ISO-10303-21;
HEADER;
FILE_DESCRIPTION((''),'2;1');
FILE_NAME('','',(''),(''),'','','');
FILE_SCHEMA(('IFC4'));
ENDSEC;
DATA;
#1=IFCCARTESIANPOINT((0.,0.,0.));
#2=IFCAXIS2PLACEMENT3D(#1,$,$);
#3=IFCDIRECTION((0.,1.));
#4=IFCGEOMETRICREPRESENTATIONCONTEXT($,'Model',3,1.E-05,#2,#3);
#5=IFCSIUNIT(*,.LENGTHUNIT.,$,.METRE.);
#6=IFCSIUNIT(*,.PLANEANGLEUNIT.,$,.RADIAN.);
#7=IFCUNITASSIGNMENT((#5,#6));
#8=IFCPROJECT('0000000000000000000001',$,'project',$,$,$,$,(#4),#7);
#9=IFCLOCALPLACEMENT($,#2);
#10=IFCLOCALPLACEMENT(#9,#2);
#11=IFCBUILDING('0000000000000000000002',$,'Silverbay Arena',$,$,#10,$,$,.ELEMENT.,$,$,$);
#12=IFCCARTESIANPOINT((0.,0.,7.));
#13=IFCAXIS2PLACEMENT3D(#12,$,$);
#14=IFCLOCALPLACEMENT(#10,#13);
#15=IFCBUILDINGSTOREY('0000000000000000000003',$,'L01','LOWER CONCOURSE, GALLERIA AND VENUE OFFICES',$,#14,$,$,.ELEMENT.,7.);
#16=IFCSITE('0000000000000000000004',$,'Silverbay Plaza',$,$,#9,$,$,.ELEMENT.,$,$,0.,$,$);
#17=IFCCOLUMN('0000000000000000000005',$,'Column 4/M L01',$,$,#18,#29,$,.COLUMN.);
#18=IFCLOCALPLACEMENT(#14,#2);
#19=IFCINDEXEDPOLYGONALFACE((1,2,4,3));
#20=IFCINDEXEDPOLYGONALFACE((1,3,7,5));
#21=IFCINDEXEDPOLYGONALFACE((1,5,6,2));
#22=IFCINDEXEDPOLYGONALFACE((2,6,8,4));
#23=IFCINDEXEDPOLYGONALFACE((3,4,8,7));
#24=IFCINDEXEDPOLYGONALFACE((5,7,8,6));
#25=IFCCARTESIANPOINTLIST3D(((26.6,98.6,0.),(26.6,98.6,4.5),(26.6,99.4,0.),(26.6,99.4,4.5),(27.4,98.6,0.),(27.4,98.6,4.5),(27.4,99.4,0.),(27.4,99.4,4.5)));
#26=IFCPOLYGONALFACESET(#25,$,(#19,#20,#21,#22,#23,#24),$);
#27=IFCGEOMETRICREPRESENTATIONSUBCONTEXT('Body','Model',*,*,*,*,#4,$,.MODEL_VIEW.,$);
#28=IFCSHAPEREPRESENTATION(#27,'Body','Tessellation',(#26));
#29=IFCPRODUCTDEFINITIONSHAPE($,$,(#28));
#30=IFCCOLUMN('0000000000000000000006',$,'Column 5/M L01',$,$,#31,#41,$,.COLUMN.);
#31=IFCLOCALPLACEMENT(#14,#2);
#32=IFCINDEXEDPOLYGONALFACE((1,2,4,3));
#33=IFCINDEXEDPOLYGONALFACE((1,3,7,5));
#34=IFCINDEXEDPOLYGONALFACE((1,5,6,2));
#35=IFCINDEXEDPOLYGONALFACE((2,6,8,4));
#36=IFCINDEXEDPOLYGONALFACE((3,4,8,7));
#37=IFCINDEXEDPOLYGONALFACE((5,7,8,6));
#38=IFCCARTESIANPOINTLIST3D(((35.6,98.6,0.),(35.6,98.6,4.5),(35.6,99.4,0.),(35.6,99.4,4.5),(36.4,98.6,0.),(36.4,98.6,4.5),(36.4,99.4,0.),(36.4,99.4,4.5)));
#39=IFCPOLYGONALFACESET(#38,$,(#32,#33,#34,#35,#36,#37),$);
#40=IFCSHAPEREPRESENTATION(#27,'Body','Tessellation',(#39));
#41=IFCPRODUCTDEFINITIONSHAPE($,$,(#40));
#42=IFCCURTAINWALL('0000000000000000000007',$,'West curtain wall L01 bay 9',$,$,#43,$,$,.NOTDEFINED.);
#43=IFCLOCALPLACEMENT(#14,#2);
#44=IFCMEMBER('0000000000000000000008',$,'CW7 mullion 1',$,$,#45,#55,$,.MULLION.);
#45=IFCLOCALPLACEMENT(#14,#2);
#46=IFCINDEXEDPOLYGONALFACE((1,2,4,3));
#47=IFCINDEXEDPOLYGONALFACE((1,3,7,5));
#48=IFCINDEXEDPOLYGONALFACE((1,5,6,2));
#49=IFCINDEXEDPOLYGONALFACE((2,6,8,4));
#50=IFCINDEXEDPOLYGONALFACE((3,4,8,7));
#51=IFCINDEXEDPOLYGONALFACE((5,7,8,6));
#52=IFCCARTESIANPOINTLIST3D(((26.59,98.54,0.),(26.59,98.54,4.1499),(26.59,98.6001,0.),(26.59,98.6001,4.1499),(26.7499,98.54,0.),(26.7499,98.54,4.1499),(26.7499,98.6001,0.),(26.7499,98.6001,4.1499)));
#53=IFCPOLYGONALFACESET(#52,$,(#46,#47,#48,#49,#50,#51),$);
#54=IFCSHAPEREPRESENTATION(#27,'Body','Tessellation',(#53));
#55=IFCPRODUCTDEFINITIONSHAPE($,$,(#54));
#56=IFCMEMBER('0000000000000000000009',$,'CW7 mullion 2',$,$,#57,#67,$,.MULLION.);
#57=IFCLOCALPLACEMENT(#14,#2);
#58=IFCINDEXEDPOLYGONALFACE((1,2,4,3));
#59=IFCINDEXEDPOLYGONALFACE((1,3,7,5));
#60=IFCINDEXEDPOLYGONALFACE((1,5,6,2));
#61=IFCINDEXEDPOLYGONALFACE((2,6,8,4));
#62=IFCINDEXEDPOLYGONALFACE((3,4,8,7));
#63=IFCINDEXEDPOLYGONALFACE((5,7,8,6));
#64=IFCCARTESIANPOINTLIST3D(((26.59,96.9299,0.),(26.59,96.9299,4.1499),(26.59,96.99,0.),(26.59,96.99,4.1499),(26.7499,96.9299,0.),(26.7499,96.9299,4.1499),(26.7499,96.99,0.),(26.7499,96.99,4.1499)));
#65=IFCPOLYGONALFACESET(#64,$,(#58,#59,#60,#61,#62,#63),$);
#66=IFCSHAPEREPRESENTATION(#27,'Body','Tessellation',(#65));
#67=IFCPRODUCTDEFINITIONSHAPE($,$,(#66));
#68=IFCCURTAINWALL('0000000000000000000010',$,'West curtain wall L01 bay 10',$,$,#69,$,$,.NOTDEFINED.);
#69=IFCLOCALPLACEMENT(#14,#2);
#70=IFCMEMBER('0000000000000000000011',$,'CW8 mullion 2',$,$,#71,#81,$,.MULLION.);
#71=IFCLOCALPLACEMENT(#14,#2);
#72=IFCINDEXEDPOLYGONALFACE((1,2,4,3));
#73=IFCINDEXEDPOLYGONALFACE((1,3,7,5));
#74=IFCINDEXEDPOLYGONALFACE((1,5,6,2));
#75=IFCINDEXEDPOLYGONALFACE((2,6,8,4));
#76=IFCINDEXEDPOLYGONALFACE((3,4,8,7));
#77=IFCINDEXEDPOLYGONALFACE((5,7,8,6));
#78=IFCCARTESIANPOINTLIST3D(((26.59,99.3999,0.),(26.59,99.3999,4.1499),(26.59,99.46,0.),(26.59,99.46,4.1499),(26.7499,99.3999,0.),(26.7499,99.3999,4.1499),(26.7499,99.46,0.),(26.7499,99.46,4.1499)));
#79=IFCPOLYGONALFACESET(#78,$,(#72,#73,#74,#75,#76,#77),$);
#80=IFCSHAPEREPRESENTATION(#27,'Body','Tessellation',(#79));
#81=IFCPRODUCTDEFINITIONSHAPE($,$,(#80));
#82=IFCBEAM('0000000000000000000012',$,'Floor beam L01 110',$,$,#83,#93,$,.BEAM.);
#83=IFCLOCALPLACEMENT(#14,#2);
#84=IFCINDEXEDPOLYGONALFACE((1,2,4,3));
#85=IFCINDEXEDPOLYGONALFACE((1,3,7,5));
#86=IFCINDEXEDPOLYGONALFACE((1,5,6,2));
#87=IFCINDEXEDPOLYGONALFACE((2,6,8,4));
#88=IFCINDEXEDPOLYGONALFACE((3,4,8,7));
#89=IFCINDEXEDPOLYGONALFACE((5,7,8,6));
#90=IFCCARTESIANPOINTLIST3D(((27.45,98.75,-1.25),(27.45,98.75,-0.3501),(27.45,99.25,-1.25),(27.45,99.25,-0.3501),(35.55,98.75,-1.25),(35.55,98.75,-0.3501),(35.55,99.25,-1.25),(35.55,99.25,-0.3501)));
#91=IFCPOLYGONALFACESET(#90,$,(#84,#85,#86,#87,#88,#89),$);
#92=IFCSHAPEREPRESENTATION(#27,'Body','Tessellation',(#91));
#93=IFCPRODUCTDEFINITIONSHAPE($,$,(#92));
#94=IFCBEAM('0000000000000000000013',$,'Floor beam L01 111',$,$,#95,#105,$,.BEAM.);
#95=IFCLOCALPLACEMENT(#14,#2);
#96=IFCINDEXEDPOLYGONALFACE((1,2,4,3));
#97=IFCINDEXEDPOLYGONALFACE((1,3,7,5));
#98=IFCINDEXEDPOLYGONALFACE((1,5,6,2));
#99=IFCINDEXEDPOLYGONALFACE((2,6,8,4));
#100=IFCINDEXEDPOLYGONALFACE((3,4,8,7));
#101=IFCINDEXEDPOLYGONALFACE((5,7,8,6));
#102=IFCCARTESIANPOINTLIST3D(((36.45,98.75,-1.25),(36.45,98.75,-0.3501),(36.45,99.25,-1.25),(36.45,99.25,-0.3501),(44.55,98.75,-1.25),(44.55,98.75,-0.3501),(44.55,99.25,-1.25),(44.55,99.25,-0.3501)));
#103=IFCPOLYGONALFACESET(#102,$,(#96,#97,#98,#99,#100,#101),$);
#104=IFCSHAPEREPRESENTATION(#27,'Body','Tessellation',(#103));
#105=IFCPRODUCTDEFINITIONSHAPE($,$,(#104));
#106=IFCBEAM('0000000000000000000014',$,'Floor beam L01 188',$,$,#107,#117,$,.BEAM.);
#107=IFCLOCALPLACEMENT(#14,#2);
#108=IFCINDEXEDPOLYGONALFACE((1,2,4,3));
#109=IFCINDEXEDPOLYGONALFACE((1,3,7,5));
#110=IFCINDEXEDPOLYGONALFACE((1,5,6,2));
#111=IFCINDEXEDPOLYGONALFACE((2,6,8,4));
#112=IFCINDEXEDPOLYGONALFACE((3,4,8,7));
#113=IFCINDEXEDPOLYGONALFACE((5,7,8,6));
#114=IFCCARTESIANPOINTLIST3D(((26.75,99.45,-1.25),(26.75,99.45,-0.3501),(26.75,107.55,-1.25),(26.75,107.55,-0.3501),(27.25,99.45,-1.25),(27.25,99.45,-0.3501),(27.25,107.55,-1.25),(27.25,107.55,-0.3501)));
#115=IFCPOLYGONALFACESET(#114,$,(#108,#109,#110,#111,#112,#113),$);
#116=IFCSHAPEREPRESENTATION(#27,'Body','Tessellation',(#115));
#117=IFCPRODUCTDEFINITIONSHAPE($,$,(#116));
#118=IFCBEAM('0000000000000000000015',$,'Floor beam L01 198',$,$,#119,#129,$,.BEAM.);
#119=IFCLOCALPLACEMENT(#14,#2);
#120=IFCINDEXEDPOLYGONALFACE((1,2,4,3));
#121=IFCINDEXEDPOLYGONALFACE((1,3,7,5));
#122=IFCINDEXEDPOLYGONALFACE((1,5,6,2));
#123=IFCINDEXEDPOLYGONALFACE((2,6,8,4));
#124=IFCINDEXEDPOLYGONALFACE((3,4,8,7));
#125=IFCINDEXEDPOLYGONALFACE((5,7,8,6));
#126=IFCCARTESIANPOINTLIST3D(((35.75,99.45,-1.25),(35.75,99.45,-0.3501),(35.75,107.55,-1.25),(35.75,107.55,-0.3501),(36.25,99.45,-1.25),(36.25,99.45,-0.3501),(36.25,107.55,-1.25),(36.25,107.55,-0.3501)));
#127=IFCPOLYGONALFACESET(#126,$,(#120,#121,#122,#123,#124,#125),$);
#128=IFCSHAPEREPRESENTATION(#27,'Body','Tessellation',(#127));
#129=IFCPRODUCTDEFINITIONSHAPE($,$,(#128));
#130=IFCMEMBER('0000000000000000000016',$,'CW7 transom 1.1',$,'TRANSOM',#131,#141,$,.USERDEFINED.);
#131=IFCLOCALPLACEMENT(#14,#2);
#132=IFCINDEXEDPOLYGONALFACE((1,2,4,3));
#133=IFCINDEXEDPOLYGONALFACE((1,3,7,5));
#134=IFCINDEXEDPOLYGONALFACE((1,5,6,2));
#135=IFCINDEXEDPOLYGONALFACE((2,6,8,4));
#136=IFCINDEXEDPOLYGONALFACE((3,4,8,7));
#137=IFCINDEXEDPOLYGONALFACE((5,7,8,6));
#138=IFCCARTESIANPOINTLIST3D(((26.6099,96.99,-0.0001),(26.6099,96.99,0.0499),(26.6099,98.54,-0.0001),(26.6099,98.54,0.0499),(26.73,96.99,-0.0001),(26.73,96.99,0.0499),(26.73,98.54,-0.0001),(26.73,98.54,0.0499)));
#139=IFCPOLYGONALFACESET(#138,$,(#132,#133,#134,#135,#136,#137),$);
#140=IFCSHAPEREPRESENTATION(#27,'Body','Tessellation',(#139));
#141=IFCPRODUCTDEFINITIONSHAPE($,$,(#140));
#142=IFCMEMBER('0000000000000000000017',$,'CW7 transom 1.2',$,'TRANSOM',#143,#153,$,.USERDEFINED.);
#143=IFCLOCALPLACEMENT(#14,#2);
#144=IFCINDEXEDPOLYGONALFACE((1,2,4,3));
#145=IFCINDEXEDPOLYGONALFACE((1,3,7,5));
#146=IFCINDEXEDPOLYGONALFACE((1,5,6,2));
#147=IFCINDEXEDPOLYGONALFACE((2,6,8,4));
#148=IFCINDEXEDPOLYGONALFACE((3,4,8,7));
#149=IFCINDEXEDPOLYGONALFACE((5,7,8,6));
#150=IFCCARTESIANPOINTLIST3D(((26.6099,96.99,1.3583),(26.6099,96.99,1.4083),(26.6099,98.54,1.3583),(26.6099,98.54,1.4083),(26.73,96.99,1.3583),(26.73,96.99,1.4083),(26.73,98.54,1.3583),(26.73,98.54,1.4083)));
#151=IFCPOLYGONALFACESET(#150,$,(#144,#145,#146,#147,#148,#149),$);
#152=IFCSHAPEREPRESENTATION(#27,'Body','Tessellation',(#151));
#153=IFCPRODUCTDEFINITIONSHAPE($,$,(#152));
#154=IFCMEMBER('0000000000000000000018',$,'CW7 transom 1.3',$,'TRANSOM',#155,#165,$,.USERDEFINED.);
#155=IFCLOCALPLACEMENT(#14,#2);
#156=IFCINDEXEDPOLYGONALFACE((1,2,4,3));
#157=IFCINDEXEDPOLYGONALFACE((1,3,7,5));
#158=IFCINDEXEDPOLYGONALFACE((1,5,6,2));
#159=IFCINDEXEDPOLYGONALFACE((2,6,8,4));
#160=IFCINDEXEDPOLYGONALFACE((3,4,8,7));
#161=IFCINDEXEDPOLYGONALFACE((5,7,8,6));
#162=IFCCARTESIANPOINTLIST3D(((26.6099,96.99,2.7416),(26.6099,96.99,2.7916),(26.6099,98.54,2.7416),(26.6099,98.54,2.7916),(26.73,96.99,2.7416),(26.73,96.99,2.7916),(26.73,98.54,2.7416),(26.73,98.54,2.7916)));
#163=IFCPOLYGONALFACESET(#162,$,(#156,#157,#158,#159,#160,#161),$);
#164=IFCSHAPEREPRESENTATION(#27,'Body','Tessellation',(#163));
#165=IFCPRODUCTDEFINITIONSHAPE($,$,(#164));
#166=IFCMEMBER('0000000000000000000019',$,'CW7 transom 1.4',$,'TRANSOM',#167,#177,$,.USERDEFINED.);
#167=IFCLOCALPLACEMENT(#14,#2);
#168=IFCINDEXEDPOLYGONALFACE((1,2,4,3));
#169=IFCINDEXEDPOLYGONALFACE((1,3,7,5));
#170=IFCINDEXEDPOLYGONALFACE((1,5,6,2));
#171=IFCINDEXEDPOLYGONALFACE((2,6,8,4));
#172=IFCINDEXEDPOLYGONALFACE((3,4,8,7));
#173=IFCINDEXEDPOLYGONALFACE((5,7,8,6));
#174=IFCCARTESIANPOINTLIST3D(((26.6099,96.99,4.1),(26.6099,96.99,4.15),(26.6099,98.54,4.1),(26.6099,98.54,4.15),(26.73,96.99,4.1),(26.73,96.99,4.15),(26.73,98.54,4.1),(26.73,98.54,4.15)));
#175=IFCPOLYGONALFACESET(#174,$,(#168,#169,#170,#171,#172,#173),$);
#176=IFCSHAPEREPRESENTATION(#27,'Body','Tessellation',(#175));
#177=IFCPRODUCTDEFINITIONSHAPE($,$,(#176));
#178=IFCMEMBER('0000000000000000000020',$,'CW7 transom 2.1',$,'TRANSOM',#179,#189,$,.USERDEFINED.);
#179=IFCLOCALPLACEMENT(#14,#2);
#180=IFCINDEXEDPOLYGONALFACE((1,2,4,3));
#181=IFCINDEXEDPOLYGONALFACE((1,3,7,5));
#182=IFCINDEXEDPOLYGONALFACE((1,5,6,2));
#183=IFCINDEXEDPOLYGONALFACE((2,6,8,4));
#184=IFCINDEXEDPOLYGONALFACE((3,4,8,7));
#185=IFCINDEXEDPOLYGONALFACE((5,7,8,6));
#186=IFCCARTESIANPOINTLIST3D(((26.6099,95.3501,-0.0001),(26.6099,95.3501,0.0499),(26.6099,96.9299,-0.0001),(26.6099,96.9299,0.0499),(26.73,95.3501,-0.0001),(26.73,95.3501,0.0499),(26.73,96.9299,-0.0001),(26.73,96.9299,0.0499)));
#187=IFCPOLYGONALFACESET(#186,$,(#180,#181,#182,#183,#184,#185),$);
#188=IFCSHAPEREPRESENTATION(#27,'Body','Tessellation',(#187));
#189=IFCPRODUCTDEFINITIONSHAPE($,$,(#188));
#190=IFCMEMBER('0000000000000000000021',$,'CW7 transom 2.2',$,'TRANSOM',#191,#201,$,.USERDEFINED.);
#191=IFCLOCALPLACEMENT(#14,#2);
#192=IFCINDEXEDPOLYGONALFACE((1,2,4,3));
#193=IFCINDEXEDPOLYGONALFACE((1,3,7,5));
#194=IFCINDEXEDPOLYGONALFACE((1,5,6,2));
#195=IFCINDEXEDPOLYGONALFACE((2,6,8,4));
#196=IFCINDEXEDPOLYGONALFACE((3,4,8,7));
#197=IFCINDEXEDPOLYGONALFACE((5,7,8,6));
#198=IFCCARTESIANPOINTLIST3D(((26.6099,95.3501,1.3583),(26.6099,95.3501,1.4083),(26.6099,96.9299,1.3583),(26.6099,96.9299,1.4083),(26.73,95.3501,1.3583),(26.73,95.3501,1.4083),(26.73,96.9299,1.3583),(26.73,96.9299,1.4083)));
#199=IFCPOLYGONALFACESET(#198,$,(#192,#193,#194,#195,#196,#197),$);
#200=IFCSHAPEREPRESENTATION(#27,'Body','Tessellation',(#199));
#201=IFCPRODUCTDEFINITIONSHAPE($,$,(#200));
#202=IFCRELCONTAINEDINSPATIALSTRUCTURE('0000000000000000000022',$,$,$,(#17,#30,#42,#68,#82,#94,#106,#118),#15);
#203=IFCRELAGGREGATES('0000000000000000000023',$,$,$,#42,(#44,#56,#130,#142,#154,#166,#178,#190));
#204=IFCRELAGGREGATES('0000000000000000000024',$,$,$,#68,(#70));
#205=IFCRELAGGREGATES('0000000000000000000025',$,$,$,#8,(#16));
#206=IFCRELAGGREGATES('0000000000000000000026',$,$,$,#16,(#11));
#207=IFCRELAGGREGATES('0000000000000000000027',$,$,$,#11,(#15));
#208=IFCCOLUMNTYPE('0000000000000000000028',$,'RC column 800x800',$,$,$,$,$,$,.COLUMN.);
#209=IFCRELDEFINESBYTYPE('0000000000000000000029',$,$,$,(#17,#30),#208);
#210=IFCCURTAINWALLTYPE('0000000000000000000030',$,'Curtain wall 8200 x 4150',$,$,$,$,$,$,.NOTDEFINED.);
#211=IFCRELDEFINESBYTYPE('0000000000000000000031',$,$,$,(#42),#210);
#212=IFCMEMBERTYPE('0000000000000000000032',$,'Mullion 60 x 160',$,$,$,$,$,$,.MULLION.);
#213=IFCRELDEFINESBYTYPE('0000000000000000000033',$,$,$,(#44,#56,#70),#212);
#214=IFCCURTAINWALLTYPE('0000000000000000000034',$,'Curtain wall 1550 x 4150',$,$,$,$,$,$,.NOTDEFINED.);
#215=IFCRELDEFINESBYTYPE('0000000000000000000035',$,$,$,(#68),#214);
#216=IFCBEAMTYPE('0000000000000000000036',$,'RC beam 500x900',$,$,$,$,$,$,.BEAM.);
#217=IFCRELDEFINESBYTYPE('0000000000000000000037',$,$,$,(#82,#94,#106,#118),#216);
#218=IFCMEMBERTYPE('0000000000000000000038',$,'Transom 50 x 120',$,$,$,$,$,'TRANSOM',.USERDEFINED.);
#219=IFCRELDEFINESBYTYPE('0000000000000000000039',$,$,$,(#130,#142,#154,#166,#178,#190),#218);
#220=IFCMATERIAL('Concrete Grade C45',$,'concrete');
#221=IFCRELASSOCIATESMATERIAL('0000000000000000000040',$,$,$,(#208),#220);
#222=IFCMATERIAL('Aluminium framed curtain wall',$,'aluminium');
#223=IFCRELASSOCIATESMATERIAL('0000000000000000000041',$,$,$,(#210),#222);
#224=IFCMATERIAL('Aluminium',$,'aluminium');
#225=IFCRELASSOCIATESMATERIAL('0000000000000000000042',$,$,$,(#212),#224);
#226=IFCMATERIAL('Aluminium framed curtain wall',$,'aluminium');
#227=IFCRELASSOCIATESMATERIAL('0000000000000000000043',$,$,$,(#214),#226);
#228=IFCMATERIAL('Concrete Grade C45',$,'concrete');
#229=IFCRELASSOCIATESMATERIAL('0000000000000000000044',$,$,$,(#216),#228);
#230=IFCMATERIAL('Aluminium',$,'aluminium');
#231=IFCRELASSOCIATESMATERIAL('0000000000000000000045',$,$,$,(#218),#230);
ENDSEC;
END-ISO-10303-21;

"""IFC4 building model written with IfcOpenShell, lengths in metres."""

from ifc_helpers import new_model, si_unit, direction, frame, origin, origin_2d, place, context, subcontext, project, spatial, rectangle, extrude, material, material_profile, profile_set, type_object, element, aggregate, save


model = new_model("IFC4")

# Units and contexts
model_context = context("Model", 3, precision=1e-05, world=origin(), true_north=direction((0.0, 1.0)))
body_context = subcontext(model_context, "Body", "Model", "MODEL_VIEW")
ifc_project = project(units=[si_unit("LENGTHUNIT", "METRE"), si_unit("PLANEANGLEUNIT", "RADIAN")], contexts=[model_context])

# Site, building, storey
site_placement = place(None, origin())
site = spatial("IfcSite", under=ifc_project, at=site_placement, Name="Silverbay Plaza", CompositionType="ELEMENT", RefElevation=0.0)
building_placement = place(site_placement, origin())
building = spatial("IfcBuilding", under=site, at=building_placement, Name="Silverbay Arena", CompositionType="ELEMENT")
storey_placement = place(building_placement, frame((0.0, 0.0, 7.0)))
storey = spatial("IfcBuildingStorey", under=building, at=storey_placement, Name="L01", Description="LOWER CONCOURSE, GALLERIA AND VENUE OFFICES", CompositionType="ELEMENT", Elevation=7.0)

# Columns
ifc_material_1 = material(Name="Concrete Grade C45", Category="concrete")
ifc_material_profile_1 = material_profile(ifc_material_1, rectangle(XDim=0.8, YDim=0.8, at=origin_2d()), Name="RC 800x800")
ifc_profile_set_1 = profile_set([ifc_material_profile_1], Name="Concrete Grade C45")
column_type = type_object("IfcColumnType", Name="RC column 800x800", PredefinedType="COLUMN", material=ifc_profile_set_1)
for number, where, z_axis, x_axis, name in (
    (1, (27.0, 99.0, 0.0), (0.0, 0.0, 1.0), (1.0, 0.0, 0.0), "Column 4/M L01"),
    (2, (36.0, 99.0, 0.0), (0.0, 0.0, 1.0), (1.0, 0.0, 0.0), "Column 5/M L01"),
):
    element("IfcColumn", number, at=place(storey_placement, frame(where, z_axis=z_axis, x_axis=x_axis)), inside=storey, type_object=column_type, Name=name, PredefinedType="COLUMN", context=body_context, shape_type="SweptSolid", body=[
        extrude(rectangle(XDim=0.8, YDim=0.8, at=origin_2d()), origin(), (0.0, 0.0, 1.0), 4.5),
    ])

# Curtain wall, members
ifc_material_2 = material(Name="Aluminium framed curtain wall", Category="aluminium")
curtain_wall_type_1 = type_object("IfcCurtainWallType", Name="Curtain wall 8200 x 4150", PredefinedType="NOTDEFINED", material=ifc_material_2)
curtain_wall_1_placement = place(storey_placement, origin())
curtain_wall_1 = element("IfcCurtainWall", 3, at=curtain_wall_1_placement, inside=storey, type_object=curtain_wall_type_1, Name="West curtain wall L01 bay 9", PredefinedType="NOTDEFINED")
ifc_material_3 = material(Name="Aluminium", Category="aluminium")
ifc_material_profile_2 = material_profile(ifc_material_3, rectangle(XDim=0.1599, YDim=0.0601, at=origin_2d()), Name="Mullion 60 x 160")
ifc_profile_set_2 = profile_set([ifc_material_profile_2], Name="Aluminium")
member_type_1 = type_object("IfcMemberType", Name="Mullion 60 x 160", PredefinedType="MULLION", material=ifc_profile_set_2)
member_1_placement = place(storey_placement, frame((26.6699, 98.5701, 0.0), z_axis=(0.0, 0.0, 1.0), x_axis=(1.0, 0.0, 0.0)))
member_1 = element("IfcMember", 4, at=member_1_placement, type_object=member_type_1, Name="CW7 mullion 1", PredefinedType="MULLION", context=body_context, shape_type="SweptSolid", body=[
    extrude(rectangle(XDim=0.1599, YDim=0.0601, at=origin_2d()), origin(), (0.0, 0.0, 1.0), 4.1499),
])
member_2_placement = place(storey_placement, frame((26.6699, 96.96, 0.0), z_axis=(0.0, 0.0, 1.0), x_axis=(1.0, 0.0, 0.0)))
member_2 = element("IfcMember", 5, at=member_2_placement, type_object=member_type_1, Name="CW7 mullion 2", PredefinedType="MULLION", context=body_context, shape_type="SweptSolid", body=[
    extrude(rectangle(XDim=0.1599, YDim=0.0601, at=origin_2d()), origin(), (0.0, 0.0, 1.0), 4.1499),
])

# Curtain wall, member
ifc_material_4 = material(Name="Aluminium framed curtain wall", Category="aluminium")
curtain_wall_type_2 = type_object("IfcCurtainWallType", Name="Curtain wall 1550 x 4150", PredefinedType="NOTDEFINED", material=ifc_material_4)
curtain_wall_2_placement = place(storey_placement, origin())
curtain_wall_2 = element("IfcCurtainWall", 6, at=curtain_wall_2_placement, inside=storey, type_object=curtain_wall_type_2, Name="West curtain wall L01 bay 10", PredefinedType="NOTDEFINED")
member_3_placement = place(storey_placement, frame((26.6699, 99.4299, 0.0), z_axis=(0.0, 0.0, 1.0), x_axis=(1.0, 0.0, 0.0)))
member_3 = element("IfcMember", 7, at=member_3_placement, type_object=member_type_1, Name="CW8 mullion 2", PredefinedType="MULLION", context=body_context, shape_type="SweptSolid", body=[
    extrude(rectangle(XDim=0.1599, YDim=0.0601, at=origin_2d()), origin(), (0.0, 0.0, 1.0), 4.1499),
])

# Beams
ifc_material_5 = material(Name="Concrete Grade C45", Category="concrete")
ifc_material_profile_3 = material_profile(ifc_material_5, rectangle(XDim=0.5, YDim=0.8999, at=origin_2d()), Name="RC 500x900")
ifc_profile_set_3 = profile_set([ifc_material_profile_3], Name="Concrete Grade C45")
beam_type = type_object("IfcBeamType", Name="RC beam 500x900", PredefinedType="BEAM", material=ifc_profile_set_3)
for number, where, z_axis, x_axis, name in (
    (8, (27.45, 99.0, -0.8), (1.0, 0.0, 0.0), (0.0, 1.0, 0.0), "Floor beam L01 110"),
    (9, (36.45, 99.0, -0.8), (1.0, 0.0, 0.0), (0.0, 1.0, 0.0), "Floor beam L01 111"),
    (10, (27.0, 99.45, -0.8), (0.0, 1.0, 0.0), (-1.0, 0.0, 0.0), "Floor beam L01 188"),
    (11, (36.0, 99.45, -0.8), (0.0, 1.0, 0.0), (-1.0, 0.0, 0.0), "Floor beam L01 198"),
):
    element("IfcBeam", number, at=place(storey_placement, frame(where, z_axis=z_axis, x_axis=x_axis)), inside=storey, type_object=beam_type, Name=name, PredefinedType="BEAM", context=body_context, shape_type="SweptSolid", body=[
        extrude(rectangle(XDim=0.5, YDim=0.8999, at=origin_2d()), origin(), (0.0, 0.0, 1.0), 8.1001),
    ])

# Members
ifc_material_6 = material(Name="Aluminium", Category="aluminium")
ifc_material_profile_4 = material_profile(ifc_material_6, rectangle(XDim=0.1201, YDim=0.05, at=origin_2d()), Name="Transom 50 x 120")
ifc_profile_set_4 = profile_set([ifc_material_profile_4], Name="Aluminium")
member_type_2 = type_object("IfcMemberType", Name="Transom 50 x 120", ElementType="TRANSOM", PredefinedType="USERDEFINED", material=ifc_profile_set_4)
member_4_placement = place(storey_placement, frame((26.6699, 98.54, 0.0249), z_axis=(0.0, -1.0, 0.0), x_axis=(1.0, 0.0, 0.0)))
member_4 = element("IfcMember", 12, at=member_4_placement, type_object=member_type_2, Name="CW7 transom 1.1", ObjectType="TRANSOM", PredefinedType="USERDEFINED", context=body_context, shape_type="SweptSolid", body=[
    extrude(rectangle(XDim=0.1201, YDim=0.05, at=origin_2d()), origin(), (0.0, 0.0, 1.0), 1.55),
])
member_5_placement = place(storey_placement, frame((26.6699, 98.54, 1.3833), z_axis=(0.0, -1.0, 0.0), x_axis=(1.0, 0.0, 0.0)))
member_5 = element("IfcMember", 13, at=member_5_placement, type_object=member_type_2, Name="CW7 transom 1.2", ObjectType="TRANSOM", PredefinedType="USERDEFINED", context=body_context, shape_type="SweptSolid", body=[
    extrude(rectangle(XDim=0.1201, YDim=0.05, at=origin_2d()), origin(), (0.0, 0.0, 1.0), 1.55),
])
member_6_placement = place(storey_placement, frame((26.6699, 98.54, 2.7666), z_axis=(0.0, -1.0, 0.0), x_axis=(1.0, 0.0, 0.0)))
member_6 = element("IfcMember", 14, at=member_6_placement, type_object=member_type_2, Name="CW7 transom 1.3", ObjectType="TRANSOM", PredefinedType="USERDEFINED", context=body_context, shape_type="SweptSolid", body=[
    extrude(rectangle(XDim=0.1201, YDim=0.05, at=origin_2d()), origin(), (0.0, 0.0, 1.0), 1.55),
])
member_7_placement = place(storey_placement, frame((26.6699, 98.54, 4.125), z_axis=(0.0, -1.0, 0.0), x_axis=(1.0, 0.0, 0.0)))
member_7 = element("IfcMember", 15, at=member_7_placement, type_object=member_type_2, Name="CW7 transom 1.4", ObjectType="TRANSOM", PredefinedType="USERDEFINED", context=body_context, shape_type="SweptSolid", body=[
    extrude(rectangle(XDim=0.1201, YDim=0.05, at=origin_2d()), origin(), (0.0, 0.0, 1.0), 1.55),
])
member_8_placement = place(storey_placement, frame((26.6699, 96.9299, 0.0249), z_axis=(0.0, -1.0, 0.0), x_axis=(1.0, 0.0, 0.0)))
member_8 = element("IfcMember", 16, at=member_8_placement, type_object=member_type_2, Name="CW7 transom 2.1", ObjectType="TRANSOM", PredefinedType="USERDEFINED", context=body_context, shape_type="SweptSolid", body=[
    extrude(rectangle(XDim=0.1201, YDim=0.05, at=origin_2d()), origin(), (0.0, 0.0, 1.0), 1.5798),
])
member_9_placement = place(storey_placement, frame((26.6699, 96.9299, 1.3833), z_axis=(0.0, -1.0, 0.0), x_axis=(1.0, 0.0, 0.0)))
member_9 = element("IfcMember", 17, at=member_9_placement, type_object=member_type_2, Name="CW7 transom 2.2", ObjectType="TRANSOM", PredefinedType="USERDEFINED", context=body_context, shape_type="SweptSolid", body=[
    extrude(rectangle(XDim=0.1201, YDim=0.05, at=origin_2d()), origin(), (0.0, 0.0, 1.0), 1.5798),
])

aggregate(curtain_wall_1, [member_1, member_2, member_4, member_5, member_6, member_7, member_8, member_9])
aggregate(curtain_wall_2, [member_3])

save(model, "model.ifc")
